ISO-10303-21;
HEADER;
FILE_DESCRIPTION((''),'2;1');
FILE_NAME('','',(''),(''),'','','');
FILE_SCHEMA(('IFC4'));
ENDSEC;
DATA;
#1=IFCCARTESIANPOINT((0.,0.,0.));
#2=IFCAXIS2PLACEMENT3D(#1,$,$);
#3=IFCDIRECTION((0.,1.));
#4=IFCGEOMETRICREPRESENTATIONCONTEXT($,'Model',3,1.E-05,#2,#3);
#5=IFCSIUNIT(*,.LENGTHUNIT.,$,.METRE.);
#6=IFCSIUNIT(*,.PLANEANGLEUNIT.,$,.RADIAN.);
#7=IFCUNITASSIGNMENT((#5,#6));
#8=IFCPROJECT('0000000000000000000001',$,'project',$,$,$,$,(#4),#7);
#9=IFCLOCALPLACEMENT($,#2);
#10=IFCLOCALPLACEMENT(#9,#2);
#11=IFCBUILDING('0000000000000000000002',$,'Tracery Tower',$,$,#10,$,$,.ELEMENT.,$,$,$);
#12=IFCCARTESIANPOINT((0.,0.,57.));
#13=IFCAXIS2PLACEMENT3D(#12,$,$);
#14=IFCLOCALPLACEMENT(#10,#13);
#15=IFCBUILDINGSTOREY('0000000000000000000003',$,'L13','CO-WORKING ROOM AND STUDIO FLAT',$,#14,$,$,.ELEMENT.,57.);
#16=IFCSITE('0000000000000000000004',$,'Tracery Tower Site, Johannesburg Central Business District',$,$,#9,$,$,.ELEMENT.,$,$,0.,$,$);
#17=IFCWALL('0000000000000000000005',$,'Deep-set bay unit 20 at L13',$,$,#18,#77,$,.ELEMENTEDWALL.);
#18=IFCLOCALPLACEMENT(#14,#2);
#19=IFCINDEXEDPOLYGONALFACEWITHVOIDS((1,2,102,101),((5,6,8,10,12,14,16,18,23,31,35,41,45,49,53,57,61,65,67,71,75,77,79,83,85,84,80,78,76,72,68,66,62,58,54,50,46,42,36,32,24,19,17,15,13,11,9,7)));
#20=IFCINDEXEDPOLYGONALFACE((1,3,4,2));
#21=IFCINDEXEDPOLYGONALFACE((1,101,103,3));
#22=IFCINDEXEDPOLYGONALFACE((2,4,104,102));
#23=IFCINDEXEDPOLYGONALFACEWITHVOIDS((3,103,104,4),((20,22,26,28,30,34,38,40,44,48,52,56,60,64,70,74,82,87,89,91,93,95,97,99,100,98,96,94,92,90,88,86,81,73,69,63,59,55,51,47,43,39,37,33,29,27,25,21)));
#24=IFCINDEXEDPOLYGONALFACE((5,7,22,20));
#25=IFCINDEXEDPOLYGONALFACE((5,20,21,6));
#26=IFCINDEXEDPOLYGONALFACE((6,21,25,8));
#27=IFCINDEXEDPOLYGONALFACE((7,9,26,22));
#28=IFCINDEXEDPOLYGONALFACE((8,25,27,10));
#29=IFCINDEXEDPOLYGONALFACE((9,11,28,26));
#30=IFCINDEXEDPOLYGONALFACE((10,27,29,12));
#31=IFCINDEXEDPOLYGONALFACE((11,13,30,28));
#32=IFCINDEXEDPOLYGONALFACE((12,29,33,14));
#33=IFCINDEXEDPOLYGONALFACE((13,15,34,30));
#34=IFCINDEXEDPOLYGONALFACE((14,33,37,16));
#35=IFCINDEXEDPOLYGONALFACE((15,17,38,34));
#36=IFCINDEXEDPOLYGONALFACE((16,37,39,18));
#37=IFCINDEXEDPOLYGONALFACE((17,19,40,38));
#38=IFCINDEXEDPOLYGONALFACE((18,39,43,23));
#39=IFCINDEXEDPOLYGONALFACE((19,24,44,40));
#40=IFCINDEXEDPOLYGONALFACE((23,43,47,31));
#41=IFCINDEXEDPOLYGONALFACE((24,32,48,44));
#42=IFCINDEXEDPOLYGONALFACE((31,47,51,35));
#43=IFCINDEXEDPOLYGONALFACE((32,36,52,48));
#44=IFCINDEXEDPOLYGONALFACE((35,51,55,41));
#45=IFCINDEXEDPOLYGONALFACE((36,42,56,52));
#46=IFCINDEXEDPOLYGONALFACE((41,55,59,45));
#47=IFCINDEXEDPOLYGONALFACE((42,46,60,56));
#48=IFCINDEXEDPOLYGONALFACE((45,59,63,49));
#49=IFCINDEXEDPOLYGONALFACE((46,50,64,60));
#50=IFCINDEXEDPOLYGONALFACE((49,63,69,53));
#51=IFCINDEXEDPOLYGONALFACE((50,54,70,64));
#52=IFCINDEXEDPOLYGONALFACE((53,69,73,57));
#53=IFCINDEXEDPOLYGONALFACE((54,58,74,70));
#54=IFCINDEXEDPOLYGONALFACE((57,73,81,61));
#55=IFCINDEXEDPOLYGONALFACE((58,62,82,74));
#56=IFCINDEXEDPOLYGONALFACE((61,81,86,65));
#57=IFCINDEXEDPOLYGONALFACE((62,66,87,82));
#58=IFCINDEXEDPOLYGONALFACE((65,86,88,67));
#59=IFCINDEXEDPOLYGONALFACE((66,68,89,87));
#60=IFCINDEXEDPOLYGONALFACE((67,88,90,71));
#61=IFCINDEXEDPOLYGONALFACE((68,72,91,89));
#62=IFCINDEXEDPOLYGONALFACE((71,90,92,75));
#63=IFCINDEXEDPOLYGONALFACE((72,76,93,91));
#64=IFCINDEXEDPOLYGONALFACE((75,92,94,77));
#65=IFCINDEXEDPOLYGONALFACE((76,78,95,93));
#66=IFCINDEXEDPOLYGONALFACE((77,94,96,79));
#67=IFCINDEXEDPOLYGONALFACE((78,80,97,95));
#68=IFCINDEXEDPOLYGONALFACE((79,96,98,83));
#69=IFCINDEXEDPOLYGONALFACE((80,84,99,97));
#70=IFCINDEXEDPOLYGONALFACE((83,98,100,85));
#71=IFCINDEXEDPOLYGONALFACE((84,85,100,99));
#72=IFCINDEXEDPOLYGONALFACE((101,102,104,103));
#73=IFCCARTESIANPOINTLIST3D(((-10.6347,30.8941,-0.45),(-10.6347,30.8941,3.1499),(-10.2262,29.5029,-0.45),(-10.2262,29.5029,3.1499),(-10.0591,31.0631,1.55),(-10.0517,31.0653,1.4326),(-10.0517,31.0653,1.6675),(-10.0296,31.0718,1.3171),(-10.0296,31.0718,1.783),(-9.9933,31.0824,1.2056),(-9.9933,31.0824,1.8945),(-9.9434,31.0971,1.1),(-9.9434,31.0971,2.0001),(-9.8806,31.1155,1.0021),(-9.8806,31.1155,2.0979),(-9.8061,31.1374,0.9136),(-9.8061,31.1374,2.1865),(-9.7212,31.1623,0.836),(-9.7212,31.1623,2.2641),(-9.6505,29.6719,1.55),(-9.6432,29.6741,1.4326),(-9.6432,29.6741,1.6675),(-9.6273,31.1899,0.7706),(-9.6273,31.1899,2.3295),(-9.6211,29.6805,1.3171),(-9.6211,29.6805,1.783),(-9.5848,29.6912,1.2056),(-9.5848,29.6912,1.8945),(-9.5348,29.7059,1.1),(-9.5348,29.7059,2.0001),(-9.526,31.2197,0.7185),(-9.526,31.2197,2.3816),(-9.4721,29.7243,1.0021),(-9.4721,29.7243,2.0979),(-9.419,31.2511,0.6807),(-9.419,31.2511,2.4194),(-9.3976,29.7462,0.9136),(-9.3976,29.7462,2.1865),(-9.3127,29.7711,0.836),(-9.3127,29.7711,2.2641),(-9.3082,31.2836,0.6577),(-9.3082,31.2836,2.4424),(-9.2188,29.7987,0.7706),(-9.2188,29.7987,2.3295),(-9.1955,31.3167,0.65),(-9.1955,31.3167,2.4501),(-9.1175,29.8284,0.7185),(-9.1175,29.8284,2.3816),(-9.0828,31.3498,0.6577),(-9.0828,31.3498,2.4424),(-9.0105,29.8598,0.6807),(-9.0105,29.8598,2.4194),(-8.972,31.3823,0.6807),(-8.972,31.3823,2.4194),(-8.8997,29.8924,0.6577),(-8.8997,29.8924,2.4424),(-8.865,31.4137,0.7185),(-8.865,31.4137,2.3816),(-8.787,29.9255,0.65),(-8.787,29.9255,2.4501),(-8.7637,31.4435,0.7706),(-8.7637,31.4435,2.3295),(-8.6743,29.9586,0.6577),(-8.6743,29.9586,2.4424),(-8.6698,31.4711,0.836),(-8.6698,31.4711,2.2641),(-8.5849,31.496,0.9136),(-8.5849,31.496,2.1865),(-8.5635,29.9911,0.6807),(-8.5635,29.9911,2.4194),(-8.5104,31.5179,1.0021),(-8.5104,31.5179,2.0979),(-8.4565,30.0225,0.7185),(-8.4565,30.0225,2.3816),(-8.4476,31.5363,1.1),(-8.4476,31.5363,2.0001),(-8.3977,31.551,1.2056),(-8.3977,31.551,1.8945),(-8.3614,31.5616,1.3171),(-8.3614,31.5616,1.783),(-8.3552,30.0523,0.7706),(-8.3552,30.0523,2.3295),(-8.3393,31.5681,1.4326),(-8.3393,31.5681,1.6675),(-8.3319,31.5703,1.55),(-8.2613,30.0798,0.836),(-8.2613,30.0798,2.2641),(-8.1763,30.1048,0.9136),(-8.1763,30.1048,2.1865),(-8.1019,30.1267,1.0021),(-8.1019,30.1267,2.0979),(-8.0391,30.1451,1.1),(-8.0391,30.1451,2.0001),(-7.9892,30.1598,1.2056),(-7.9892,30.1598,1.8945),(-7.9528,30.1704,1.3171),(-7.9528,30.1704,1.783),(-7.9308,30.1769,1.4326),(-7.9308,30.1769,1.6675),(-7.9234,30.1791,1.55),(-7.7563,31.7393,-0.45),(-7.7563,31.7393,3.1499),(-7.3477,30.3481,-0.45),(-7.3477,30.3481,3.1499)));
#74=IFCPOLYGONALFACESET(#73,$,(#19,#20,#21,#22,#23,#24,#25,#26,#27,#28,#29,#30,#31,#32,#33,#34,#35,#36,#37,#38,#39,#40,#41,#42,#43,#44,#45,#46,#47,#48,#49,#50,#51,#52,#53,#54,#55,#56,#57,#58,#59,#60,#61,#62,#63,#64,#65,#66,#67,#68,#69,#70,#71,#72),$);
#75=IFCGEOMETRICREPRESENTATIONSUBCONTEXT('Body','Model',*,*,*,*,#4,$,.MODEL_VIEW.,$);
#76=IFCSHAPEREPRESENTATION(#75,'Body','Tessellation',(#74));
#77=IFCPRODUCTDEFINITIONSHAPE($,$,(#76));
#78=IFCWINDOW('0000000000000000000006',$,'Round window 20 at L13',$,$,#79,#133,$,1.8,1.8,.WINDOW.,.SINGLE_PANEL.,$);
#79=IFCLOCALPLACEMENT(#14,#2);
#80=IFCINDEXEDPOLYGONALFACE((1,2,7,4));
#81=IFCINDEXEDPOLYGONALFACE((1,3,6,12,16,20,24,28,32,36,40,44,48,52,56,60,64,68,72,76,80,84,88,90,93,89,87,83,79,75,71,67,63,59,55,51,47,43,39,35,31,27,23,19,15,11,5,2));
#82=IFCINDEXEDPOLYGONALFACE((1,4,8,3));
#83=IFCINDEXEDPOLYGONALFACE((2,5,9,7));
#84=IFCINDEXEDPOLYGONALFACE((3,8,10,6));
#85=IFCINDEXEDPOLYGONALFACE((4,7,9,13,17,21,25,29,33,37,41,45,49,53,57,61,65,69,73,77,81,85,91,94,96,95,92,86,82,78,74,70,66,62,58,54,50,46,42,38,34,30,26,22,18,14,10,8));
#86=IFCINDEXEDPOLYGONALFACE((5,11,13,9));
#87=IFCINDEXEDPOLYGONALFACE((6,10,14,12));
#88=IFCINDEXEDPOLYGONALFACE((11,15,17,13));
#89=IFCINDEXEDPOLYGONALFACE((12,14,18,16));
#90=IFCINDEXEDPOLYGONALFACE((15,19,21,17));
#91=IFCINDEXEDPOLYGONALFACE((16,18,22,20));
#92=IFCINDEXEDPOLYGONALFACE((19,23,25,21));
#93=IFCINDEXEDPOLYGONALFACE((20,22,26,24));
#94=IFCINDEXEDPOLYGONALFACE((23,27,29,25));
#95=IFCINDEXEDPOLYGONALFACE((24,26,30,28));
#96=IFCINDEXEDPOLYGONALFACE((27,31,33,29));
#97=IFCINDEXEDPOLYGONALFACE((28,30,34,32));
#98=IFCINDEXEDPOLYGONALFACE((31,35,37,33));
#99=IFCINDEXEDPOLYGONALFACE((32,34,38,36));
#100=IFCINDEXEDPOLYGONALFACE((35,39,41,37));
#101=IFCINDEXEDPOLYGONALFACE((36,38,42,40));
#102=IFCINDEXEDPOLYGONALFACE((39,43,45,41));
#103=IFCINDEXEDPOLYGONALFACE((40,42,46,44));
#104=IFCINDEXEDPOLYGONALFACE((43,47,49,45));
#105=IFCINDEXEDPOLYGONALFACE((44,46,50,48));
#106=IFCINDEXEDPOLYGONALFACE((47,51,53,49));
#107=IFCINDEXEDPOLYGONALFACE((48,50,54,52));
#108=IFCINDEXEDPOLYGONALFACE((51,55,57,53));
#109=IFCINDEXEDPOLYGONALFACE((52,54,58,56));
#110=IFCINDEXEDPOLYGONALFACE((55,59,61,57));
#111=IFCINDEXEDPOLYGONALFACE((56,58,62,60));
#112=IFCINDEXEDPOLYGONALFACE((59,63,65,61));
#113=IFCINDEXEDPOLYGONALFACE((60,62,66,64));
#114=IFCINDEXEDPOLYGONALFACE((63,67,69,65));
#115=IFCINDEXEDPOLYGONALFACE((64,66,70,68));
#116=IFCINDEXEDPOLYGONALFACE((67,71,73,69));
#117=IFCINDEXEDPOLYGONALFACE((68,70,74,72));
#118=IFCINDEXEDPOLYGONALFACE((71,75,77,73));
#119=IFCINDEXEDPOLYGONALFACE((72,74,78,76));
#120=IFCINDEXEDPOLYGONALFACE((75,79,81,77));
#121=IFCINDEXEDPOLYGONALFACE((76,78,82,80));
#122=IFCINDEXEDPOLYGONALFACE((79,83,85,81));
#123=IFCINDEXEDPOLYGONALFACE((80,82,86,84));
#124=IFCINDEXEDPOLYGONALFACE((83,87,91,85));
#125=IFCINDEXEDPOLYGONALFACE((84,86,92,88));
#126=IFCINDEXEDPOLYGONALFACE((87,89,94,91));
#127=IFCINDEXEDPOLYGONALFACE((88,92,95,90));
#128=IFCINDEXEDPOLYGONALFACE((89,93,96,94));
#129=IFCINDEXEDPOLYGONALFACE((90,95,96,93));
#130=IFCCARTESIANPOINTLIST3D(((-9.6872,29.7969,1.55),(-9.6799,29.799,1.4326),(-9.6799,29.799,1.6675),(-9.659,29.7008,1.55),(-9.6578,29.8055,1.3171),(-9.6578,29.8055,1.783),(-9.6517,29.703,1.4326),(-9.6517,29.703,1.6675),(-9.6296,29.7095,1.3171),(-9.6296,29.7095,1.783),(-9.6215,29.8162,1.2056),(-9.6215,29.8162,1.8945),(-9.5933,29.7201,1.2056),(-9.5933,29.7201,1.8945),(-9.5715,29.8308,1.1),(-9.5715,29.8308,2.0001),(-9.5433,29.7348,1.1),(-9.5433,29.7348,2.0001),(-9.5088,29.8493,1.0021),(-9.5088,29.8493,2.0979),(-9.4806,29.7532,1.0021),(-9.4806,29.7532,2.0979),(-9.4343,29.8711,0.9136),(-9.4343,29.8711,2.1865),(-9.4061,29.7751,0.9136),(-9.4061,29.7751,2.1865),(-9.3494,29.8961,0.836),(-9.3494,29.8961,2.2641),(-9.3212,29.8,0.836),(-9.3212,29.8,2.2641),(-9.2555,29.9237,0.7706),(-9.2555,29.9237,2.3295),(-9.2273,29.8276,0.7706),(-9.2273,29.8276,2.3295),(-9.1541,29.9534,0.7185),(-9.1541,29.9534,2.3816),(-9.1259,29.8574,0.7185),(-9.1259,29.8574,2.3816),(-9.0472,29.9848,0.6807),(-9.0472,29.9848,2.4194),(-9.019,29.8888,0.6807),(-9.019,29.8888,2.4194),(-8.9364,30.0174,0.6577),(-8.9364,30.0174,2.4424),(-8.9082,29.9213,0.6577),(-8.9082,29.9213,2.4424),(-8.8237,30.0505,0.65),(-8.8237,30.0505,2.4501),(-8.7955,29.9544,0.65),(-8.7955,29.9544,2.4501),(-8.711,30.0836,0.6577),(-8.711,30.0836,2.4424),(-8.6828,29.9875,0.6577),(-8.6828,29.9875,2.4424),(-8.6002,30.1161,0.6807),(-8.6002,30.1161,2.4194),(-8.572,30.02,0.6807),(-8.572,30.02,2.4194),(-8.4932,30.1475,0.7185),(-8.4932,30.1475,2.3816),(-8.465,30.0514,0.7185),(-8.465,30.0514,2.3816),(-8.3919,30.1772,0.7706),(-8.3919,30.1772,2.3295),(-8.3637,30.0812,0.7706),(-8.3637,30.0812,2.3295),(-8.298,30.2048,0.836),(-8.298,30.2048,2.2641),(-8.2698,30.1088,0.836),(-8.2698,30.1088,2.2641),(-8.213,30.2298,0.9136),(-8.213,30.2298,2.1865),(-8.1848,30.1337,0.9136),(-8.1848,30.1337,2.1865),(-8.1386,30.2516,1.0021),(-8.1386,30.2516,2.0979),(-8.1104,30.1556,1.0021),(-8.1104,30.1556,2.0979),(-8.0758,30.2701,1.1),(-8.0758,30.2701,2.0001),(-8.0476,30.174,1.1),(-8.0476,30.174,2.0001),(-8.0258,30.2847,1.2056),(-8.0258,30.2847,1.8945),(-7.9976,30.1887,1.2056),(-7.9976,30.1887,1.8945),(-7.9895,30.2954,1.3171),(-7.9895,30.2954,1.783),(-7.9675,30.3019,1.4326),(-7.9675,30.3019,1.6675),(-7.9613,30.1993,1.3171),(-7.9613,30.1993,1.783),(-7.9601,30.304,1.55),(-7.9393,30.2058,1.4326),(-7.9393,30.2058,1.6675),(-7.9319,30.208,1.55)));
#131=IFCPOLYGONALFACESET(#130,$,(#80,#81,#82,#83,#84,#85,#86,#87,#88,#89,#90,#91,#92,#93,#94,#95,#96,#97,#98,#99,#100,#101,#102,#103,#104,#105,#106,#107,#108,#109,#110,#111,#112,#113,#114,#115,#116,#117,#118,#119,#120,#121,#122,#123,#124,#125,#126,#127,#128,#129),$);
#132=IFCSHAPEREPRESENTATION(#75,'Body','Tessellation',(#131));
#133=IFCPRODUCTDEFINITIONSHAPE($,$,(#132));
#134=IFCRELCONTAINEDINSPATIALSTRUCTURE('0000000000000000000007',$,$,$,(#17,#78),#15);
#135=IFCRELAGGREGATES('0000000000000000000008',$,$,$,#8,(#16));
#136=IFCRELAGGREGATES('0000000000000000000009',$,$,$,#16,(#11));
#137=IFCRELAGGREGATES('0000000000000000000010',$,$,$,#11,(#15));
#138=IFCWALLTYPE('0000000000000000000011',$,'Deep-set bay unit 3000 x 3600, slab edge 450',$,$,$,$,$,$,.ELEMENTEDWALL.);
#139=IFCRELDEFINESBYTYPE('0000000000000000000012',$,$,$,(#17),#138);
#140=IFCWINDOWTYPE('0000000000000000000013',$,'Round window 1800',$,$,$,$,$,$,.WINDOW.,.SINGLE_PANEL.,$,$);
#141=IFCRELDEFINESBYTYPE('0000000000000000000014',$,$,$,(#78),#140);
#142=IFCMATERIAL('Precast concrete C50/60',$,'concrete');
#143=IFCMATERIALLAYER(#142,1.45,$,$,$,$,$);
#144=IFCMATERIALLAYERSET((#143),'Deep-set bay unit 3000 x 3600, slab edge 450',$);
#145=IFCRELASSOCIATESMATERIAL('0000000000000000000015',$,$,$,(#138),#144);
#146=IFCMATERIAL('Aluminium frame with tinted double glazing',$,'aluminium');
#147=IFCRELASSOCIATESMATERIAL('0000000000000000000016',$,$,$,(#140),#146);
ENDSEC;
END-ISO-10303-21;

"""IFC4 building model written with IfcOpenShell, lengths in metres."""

from ifc_helpers import new_model, si_unit, direction, frame, frame_2d, origin, origin_2d, place, context, subcontext, project, spatial, rectangle, circle, extrude, material, layer, layer_set, type_object, element, fill, save


model = new_model("IFC4")

# Units and contexts
model_context = context("Model", 3, precision=1e-05, world=origin(), true_north=direction((0.0, 1.0)))
body_context = subcontext(model_context, "Body", "Model", "MODEL_VIEW")
ifc_project = project(units=[si_unit("LENGTHUNIT", "METRE"), si_unit("PLANEANGLEUNIT", "RADIAN")], contexts=[model_context])

# Site, building, storey
site_placement = place(None, origin())
site = spatial("IfcSite", under=ifc_project, at=site_placement, Name="Tracery Tower Site, Johannesburg Central Business District", CompositionType="ELEMENT", RefElevation=0.0)
building_placement = place(site_placement, origin())
building = spatial("IfcBuilding", under=site, at=building_placement, Name="Tracery Tower", CompositionType="ELEMENT")
storey_placement = place(building_placement, frame((0.0, 0.0, 57.0)))
storey = spatial("IfcBuildingStorey", under=building, at=storey_placement, Name="L13", Description="CO-WORKING ROOM AND STUDIO FLAT", CompositionType="ELEMENT", Elevation=57.0)

# Wall, opening, window
ifc_material_1 = material(Name="Precast concrete C50/60", Category="concrete")
ifc_layer_1 = layer(ifc_material_1, 1.45)
ifc_layer_set_1 = layer_set([ifc_layer_1], Name="Deep-set bay unit 3000 x 3600, slab edge 450")
wall_type_1 = type_object("IfcWallType", Name="Deep-set bay unit 3000 x 3600, slab edge 450", PredefinedType="ELEMENTEDWALL", material=ifc_layer_set_1)
wall_1_placement = place(storey_placement, frame((-7.552, 31.0437, -0.45), z_axis=(0.0, 0.0, 1.0), x_axis=(-0.95949, -0.281743, 0.0)))
wall_1 = element("IfcWall", 1, at=wall_1_placement, inside=storey, type_object=wall_type_1, Name="Deep-set bay unit 20 at L13", PredefinedType="ELEMENTEDWALL", context=body_context, shape_type="SweptSolid", body=[
    extrude(rectangle(XDim=3.0, YDim=1.45, at=frame_2d((1.5, 0.0))), origin(), (0.0, 0.0, 1.0), 3.5999),
])
opening_1_placement = place(wall_1_placement, frame((1.5, 0.0, 2.0)))
opening_1 = element("IfcOpeningElement", 2, at=opening_1_placement, cuts=wall_1, PredefinedType="OPENING", context=body_context, shape_type="SweptSolid", body=[
    extrude(circle(Radius=0.9, at=origin_2d()), frame((0.0, 0.7349, 0.0), z_axis=(0.0, -1.0, 0.0), x_axis=(1.0, 0.0, 0.0)), (0.0, 0.0, 1.0), 1.47),
])
ifc_material_2 = material(Name="Aluminium frame with tinted double glazing", Category="aluminium")
window_type = type_object("IfcWindowType", Name="Round window 1800", PartitioningType="SINGLE_PANEL", PredefinedType="WINDOW", material=ifc_material_2)
window_1_placement = place(opening_1_placement, origin())
window_1 = element("IfcWindow", 3, at=window_1_placement, inside=storey, type_object=window_type, Name="Round window 20 at L13", OverallHeight=1.8, OverallWidth=1.8, PartitioningType="SINGLE_PANEL", PredefinedType="WINDOW", context=body_context, shape_type="SweptSolid", body=[
    extrude(circle(Radius=0.9, at=origin_2d()), frame((0.0, 0.6948, 0.0), z_axis=(0.0, -1.0, 0.0), x_axis=(1.0, 0.0, 0.0)), (0.0, 0.0, 1.0), 0.1001),
])
fill(opening_1, window_1)

save(model, "model.ifc")
